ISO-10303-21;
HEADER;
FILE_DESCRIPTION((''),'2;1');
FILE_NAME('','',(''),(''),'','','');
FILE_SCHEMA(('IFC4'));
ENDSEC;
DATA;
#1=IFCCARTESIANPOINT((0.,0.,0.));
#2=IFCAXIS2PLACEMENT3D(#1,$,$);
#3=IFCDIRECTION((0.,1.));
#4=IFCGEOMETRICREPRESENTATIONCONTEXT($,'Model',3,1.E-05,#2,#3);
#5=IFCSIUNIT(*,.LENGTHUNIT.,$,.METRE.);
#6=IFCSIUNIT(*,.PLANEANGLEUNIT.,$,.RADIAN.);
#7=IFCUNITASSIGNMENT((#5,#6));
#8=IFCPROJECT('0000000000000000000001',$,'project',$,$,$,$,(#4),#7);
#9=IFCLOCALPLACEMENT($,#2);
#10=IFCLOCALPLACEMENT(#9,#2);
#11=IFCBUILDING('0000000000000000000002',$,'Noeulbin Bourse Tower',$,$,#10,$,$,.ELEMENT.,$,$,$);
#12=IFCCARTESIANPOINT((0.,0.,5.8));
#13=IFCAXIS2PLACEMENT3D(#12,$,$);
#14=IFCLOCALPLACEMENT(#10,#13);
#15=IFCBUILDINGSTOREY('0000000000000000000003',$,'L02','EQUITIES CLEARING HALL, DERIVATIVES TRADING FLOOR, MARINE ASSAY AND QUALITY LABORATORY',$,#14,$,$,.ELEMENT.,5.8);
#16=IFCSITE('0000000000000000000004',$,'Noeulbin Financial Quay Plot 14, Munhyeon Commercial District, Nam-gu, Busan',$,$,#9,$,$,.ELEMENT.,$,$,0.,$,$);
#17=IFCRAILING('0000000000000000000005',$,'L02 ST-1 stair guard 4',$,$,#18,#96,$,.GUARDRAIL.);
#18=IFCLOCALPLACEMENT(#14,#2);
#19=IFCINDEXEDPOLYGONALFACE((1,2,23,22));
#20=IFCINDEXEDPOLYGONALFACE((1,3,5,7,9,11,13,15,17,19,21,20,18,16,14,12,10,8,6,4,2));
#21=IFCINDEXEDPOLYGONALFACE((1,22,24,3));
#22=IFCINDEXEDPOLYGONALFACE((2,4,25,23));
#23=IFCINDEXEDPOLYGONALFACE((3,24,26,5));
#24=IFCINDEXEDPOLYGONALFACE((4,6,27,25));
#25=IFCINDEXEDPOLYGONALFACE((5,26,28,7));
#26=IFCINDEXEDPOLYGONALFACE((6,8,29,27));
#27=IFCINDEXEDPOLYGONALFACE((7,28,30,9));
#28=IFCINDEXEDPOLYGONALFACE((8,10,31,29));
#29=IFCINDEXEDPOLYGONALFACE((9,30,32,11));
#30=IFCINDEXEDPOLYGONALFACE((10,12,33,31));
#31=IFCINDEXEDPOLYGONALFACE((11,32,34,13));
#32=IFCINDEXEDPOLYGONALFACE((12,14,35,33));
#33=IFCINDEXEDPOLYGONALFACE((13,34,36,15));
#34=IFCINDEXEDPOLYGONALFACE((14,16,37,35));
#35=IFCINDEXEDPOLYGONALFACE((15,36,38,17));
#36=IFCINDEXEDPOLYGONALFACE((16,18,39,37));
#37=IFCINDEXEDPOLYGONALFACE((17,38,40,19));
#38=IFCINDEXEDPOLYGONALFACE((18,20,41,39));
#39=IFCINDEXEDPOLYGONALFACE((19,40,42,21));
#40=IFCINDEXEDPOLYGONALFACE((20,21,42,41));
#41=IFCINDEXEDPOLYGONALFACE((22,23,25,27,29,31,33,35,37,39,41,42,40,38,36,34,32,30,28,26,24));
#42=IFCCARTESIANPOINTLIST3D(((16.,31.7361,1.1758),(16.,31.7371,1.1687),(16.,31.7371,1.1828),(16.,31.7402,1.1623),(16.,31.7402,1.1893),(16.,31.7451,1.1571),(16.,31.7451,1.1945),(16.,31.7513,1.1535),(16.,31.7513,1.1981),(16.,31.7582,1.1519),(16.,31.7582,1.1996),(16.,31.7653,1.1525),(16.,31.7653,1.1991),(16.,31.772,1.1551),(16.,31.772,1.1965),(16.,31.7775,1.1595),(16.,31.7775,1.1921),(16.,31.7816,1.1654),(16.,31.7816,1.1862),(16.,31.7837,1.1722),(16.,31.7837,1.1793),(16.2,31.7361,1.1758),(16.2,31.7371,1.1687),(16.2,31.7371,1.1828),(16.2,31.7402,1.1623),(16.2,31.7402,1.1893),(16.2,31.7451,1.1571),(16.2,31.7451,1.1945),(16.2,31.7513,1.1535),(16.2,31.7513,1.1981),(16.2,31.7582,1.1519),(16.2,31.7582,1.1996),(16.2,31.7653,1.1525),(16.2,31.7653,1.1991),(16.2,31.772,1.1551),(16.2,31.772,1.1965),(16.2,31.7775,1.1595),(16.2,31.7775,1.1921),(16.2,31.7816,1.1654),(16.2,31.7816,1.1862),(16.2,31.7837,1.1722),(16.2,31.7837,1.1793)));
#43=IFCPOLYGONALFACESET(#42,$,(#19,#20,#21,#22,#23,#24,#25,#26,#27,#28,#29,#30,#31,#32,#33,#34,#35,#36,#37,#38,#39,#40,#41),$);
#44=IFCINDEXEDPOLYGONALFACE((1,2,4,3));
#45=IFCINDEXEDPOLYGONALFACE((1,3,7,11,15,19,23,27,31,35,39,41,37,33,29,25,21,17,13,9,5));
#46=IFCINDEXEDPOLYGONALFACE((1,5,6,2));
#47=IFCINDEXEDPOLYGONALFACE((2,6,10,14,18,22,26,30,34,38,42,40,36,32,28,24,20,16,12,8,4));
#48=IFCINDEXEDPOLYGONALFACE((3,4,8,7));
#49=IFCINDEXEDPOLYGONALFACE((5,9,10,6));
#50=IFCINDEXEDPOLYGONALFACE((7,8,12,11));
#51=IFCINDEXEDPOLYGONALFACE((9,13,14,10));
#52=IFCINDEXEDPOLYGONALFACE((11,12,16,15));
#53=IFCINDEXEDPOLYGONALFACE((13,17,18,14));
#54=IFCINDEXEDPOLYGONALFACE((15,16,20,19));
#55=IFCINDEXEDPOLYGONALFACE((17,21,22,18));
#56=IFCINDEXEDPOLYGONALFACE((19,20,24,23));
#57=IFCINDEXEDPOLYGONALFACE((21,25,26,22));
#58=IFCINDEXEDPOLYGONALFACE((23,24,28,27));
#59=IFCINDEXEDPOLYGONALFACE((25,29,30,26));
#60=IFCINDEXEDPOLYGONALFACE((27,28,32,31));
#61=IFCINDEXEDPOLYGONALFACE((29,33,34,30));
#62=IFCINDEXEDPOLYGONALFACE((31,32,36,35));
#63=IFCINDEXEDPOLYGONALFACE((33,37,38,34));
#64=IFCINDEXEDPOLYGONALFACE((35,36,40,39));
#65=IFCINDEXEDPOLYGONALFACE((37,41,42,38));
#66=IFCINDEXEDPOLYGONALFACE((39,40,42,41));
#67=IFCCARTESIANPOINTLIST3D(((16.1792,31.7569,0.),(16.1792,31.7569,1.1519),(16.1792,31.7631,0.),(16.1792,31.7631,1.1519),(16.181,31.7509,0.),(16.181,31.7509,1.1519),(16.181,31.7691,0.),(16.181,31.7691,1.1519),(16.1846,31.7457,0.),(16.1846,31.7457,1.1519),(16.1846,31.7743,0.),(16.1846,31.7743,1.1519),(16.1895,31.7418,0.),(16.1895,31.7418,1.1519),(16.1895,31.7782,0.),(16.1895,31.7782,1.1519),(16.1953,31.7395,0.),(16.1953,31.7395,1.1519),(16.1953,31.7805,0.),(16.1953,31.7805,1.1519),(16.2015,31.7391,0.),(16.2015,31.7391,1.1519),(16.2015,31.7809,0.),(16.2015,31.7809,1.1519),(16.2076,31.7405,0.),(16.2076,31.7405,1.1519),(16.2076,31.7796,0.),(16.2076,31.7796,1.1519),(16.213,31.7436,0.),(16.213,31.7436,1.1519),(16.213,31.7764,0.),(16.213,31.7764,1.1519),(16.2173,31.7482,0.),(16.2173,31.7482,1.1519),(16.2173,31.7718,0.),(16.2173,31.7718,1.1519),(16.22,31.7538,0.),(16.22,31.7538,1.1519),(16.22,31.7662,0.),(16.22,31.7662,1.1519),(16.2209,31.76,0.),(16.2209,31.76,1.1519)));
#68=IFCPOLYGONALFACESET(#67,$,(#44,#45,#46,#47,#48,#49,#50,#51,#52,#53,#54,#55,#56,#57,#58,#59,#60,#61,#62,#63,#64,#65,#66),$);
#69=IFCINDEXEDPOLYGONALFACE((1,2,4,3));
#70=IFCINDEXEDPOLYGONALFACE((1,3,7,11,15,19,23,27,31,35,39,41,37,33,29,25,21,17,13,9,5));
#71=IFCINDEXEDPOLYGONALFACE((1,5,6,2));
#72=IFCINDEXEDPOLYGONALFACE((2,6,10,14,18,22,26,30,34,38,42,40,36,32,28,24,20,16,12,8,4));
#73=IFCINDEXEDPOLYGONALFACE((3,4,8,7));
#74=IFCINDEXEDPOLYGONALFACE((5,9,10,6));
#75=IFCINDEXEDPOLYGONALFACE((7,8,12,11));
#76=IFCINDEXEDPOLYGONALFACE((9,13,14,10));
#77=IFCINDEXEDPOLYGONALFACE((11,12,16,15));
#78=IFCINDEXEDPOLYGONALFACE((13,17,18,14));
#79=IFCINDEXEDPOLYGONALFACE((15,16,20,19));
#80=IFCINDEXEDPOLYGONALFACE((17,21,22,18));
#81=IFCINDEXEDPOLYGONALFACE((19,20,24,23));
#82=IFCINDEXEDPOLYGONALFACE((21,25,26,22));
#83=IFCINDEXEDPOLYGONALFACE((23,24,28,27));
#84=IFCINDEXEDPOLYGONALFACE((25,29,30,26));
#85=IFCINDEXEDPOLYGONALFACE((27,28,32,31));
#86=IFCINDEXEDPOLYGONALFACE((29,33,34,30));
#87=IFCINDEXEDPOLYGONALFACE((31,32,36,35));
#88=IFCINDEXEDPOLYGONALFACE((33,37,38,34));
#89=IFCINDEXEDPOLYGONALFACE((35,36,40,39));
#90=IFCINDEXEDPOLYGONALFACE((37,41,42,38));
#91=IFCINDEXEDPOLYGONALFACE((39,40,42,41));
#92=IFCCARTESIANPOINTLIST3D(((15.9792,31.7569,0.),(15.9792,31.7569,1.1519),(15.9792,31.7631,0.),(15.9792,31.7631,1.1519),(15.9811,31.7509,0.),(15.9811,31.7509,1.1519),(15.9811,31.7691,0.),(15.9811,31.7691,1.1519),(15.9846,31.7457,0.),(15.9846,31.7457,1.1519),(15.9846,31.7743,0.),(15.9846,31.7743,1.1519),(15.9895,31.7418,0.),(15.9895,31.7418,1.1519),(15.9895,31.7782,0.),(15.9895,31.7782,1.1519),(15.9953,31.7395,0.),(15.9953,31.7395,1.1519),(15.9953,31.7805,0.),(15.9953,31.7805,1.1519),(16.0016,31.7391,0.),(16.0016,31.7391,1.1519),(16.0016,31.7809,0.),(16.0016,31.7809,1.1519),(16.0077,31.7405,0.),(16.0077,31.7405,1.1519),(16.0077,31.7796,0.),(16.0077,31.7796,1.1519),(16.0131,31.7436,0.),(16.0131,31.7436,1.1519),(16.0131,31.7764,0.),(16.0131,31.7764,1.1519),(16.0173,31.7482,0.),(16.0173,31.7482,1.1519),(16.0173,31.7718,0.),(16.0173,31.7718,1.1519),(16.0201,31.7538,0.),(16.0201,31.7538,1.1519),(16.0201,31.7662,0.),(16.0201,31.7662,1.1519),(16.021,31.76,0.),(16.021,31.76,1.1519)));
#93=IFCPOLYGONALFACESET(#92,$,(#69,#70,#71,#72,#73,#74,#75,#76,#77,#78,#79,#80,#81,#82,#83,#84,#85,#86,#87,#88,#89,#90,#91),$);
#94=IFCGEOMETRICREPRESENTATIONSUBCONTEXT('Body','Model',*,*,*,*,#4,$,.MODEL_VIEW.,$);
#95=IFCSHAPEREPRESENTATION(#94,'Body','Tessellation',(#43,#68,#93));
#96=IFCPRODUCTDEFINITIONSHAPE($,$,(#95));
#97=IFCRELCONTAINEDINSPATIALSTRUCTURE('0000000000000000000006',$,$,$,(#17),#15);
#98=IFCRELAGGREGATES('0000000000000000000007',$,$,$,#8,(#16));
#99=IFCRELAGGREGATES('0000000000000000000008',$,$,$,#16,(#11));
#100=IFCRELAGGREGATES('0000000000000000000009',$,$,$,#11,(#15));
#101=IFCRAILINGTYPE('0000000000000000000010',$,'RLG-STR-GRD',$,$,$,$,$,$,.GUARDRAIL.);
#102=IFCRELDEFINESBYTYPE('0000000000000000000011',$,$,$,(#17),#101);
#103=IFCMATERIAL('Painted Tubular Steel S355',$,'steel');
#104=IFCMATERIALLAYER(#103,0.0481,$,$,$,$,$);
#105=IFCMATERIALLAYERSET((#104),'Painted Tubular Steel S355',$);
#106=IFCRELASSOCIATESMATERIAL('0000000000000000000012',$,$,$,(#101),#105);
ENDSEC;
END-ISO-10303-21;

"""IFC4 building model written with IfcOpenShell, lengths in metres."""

from ifc_helpers import new_model, si_unit, direction, frame, origin, origin_2d, place, context, subcontext, project, spatial, circle, extrude, material, layer, layer_set, type_object, element, save


model = new_model("IFC4")

# Units and contexts
model_context = context("Model", 3, precision=1e-05, world=origin(), true_north=direction((0.0, 1.0)))
body_context = subcontext(model_context, "Body", "Model", "MODEL_VIEW")
ifc_project = project(units=[si_unit("LENGTHUNIT", "METRE"), si_unit("PLANEANGLEUNIT", "RADIAN")], contexts=[model_context])

# Site, building, storey
site_placement = place(None, origin())
site = spatial("IfcSite", under=ifc_project, at=site_placement, Name="Noeulbin Financial Quay Plot 14, Munhyeon Commercial District, Nam-gu, Busan", CompositionType="ELEMENT", RefElevation=0.0)
building_placement = place(site_placement, origin())
building = spatial("IfcBuilding", under=site, at=building_placement, Name="Noeulbin Bourse Tower", CompositionType="ELEMENT")
storey_placement = place(building_placement, frame((0.0, 0.0, 5.8)))
storey = spatial("IfcBuildingStorey", under=building, at=storey_placement, Name="L02", Description="EQUITIES CLEARING HALL, DERIVATIVES TRADING FLOOR, MARINE ASSAY AND QUALITY LABORATORY", CompositionType="ELEMENT", Elevation=5.8)

# Railing
ifc_material_1 = material(Name="Painted Tubular Steel S355", Category="steel")
ifc_layer_1 = layer(ifc_material_1, 0.0481)
ifc_layer_set_1 = layer_set([ifc_layer_1], Name="Painted Tubular Steel S355")
railing_type_1 = type_object("IfcRailingType", Name="RLG-STR-GRD", PredefinedType="GUARDRAIL", material=ifc_layer_set_1)
railing_1_placement = place(storey_placement, frame((16.2, 31.76, 0.0)))
element("IfcRailing", 1, at=railing_1_placement, inside=storey, type_object=railing_type_1, Name="L02 ST-1 stair guard 4", PredefinedType="GUARDRAIL", context=body_context, shape_type="SweptSolid", body=[
    extrude(circle(Radius=0.0239, at=origin_2d()), frame((0.0, 0.0, 1.1758), z_axis=(-1.0, 0.0, 0.0), x_axis=(0.0, -1.0, 0.0)), (0.0, 0.0, 1.0), 0.2),
    extrude(circle(Radius=0.021, at=origin_2d()), origin(), (0.0, 0.0, 1.0), 1.1519),
    extrude(circle(Radius=0.021, at=origin_2d()), frame((-0.2, 0.0, 0.0)), (0.0, 0.0, 1.0), 1.1519),
])

save(model, "model.ifc")
